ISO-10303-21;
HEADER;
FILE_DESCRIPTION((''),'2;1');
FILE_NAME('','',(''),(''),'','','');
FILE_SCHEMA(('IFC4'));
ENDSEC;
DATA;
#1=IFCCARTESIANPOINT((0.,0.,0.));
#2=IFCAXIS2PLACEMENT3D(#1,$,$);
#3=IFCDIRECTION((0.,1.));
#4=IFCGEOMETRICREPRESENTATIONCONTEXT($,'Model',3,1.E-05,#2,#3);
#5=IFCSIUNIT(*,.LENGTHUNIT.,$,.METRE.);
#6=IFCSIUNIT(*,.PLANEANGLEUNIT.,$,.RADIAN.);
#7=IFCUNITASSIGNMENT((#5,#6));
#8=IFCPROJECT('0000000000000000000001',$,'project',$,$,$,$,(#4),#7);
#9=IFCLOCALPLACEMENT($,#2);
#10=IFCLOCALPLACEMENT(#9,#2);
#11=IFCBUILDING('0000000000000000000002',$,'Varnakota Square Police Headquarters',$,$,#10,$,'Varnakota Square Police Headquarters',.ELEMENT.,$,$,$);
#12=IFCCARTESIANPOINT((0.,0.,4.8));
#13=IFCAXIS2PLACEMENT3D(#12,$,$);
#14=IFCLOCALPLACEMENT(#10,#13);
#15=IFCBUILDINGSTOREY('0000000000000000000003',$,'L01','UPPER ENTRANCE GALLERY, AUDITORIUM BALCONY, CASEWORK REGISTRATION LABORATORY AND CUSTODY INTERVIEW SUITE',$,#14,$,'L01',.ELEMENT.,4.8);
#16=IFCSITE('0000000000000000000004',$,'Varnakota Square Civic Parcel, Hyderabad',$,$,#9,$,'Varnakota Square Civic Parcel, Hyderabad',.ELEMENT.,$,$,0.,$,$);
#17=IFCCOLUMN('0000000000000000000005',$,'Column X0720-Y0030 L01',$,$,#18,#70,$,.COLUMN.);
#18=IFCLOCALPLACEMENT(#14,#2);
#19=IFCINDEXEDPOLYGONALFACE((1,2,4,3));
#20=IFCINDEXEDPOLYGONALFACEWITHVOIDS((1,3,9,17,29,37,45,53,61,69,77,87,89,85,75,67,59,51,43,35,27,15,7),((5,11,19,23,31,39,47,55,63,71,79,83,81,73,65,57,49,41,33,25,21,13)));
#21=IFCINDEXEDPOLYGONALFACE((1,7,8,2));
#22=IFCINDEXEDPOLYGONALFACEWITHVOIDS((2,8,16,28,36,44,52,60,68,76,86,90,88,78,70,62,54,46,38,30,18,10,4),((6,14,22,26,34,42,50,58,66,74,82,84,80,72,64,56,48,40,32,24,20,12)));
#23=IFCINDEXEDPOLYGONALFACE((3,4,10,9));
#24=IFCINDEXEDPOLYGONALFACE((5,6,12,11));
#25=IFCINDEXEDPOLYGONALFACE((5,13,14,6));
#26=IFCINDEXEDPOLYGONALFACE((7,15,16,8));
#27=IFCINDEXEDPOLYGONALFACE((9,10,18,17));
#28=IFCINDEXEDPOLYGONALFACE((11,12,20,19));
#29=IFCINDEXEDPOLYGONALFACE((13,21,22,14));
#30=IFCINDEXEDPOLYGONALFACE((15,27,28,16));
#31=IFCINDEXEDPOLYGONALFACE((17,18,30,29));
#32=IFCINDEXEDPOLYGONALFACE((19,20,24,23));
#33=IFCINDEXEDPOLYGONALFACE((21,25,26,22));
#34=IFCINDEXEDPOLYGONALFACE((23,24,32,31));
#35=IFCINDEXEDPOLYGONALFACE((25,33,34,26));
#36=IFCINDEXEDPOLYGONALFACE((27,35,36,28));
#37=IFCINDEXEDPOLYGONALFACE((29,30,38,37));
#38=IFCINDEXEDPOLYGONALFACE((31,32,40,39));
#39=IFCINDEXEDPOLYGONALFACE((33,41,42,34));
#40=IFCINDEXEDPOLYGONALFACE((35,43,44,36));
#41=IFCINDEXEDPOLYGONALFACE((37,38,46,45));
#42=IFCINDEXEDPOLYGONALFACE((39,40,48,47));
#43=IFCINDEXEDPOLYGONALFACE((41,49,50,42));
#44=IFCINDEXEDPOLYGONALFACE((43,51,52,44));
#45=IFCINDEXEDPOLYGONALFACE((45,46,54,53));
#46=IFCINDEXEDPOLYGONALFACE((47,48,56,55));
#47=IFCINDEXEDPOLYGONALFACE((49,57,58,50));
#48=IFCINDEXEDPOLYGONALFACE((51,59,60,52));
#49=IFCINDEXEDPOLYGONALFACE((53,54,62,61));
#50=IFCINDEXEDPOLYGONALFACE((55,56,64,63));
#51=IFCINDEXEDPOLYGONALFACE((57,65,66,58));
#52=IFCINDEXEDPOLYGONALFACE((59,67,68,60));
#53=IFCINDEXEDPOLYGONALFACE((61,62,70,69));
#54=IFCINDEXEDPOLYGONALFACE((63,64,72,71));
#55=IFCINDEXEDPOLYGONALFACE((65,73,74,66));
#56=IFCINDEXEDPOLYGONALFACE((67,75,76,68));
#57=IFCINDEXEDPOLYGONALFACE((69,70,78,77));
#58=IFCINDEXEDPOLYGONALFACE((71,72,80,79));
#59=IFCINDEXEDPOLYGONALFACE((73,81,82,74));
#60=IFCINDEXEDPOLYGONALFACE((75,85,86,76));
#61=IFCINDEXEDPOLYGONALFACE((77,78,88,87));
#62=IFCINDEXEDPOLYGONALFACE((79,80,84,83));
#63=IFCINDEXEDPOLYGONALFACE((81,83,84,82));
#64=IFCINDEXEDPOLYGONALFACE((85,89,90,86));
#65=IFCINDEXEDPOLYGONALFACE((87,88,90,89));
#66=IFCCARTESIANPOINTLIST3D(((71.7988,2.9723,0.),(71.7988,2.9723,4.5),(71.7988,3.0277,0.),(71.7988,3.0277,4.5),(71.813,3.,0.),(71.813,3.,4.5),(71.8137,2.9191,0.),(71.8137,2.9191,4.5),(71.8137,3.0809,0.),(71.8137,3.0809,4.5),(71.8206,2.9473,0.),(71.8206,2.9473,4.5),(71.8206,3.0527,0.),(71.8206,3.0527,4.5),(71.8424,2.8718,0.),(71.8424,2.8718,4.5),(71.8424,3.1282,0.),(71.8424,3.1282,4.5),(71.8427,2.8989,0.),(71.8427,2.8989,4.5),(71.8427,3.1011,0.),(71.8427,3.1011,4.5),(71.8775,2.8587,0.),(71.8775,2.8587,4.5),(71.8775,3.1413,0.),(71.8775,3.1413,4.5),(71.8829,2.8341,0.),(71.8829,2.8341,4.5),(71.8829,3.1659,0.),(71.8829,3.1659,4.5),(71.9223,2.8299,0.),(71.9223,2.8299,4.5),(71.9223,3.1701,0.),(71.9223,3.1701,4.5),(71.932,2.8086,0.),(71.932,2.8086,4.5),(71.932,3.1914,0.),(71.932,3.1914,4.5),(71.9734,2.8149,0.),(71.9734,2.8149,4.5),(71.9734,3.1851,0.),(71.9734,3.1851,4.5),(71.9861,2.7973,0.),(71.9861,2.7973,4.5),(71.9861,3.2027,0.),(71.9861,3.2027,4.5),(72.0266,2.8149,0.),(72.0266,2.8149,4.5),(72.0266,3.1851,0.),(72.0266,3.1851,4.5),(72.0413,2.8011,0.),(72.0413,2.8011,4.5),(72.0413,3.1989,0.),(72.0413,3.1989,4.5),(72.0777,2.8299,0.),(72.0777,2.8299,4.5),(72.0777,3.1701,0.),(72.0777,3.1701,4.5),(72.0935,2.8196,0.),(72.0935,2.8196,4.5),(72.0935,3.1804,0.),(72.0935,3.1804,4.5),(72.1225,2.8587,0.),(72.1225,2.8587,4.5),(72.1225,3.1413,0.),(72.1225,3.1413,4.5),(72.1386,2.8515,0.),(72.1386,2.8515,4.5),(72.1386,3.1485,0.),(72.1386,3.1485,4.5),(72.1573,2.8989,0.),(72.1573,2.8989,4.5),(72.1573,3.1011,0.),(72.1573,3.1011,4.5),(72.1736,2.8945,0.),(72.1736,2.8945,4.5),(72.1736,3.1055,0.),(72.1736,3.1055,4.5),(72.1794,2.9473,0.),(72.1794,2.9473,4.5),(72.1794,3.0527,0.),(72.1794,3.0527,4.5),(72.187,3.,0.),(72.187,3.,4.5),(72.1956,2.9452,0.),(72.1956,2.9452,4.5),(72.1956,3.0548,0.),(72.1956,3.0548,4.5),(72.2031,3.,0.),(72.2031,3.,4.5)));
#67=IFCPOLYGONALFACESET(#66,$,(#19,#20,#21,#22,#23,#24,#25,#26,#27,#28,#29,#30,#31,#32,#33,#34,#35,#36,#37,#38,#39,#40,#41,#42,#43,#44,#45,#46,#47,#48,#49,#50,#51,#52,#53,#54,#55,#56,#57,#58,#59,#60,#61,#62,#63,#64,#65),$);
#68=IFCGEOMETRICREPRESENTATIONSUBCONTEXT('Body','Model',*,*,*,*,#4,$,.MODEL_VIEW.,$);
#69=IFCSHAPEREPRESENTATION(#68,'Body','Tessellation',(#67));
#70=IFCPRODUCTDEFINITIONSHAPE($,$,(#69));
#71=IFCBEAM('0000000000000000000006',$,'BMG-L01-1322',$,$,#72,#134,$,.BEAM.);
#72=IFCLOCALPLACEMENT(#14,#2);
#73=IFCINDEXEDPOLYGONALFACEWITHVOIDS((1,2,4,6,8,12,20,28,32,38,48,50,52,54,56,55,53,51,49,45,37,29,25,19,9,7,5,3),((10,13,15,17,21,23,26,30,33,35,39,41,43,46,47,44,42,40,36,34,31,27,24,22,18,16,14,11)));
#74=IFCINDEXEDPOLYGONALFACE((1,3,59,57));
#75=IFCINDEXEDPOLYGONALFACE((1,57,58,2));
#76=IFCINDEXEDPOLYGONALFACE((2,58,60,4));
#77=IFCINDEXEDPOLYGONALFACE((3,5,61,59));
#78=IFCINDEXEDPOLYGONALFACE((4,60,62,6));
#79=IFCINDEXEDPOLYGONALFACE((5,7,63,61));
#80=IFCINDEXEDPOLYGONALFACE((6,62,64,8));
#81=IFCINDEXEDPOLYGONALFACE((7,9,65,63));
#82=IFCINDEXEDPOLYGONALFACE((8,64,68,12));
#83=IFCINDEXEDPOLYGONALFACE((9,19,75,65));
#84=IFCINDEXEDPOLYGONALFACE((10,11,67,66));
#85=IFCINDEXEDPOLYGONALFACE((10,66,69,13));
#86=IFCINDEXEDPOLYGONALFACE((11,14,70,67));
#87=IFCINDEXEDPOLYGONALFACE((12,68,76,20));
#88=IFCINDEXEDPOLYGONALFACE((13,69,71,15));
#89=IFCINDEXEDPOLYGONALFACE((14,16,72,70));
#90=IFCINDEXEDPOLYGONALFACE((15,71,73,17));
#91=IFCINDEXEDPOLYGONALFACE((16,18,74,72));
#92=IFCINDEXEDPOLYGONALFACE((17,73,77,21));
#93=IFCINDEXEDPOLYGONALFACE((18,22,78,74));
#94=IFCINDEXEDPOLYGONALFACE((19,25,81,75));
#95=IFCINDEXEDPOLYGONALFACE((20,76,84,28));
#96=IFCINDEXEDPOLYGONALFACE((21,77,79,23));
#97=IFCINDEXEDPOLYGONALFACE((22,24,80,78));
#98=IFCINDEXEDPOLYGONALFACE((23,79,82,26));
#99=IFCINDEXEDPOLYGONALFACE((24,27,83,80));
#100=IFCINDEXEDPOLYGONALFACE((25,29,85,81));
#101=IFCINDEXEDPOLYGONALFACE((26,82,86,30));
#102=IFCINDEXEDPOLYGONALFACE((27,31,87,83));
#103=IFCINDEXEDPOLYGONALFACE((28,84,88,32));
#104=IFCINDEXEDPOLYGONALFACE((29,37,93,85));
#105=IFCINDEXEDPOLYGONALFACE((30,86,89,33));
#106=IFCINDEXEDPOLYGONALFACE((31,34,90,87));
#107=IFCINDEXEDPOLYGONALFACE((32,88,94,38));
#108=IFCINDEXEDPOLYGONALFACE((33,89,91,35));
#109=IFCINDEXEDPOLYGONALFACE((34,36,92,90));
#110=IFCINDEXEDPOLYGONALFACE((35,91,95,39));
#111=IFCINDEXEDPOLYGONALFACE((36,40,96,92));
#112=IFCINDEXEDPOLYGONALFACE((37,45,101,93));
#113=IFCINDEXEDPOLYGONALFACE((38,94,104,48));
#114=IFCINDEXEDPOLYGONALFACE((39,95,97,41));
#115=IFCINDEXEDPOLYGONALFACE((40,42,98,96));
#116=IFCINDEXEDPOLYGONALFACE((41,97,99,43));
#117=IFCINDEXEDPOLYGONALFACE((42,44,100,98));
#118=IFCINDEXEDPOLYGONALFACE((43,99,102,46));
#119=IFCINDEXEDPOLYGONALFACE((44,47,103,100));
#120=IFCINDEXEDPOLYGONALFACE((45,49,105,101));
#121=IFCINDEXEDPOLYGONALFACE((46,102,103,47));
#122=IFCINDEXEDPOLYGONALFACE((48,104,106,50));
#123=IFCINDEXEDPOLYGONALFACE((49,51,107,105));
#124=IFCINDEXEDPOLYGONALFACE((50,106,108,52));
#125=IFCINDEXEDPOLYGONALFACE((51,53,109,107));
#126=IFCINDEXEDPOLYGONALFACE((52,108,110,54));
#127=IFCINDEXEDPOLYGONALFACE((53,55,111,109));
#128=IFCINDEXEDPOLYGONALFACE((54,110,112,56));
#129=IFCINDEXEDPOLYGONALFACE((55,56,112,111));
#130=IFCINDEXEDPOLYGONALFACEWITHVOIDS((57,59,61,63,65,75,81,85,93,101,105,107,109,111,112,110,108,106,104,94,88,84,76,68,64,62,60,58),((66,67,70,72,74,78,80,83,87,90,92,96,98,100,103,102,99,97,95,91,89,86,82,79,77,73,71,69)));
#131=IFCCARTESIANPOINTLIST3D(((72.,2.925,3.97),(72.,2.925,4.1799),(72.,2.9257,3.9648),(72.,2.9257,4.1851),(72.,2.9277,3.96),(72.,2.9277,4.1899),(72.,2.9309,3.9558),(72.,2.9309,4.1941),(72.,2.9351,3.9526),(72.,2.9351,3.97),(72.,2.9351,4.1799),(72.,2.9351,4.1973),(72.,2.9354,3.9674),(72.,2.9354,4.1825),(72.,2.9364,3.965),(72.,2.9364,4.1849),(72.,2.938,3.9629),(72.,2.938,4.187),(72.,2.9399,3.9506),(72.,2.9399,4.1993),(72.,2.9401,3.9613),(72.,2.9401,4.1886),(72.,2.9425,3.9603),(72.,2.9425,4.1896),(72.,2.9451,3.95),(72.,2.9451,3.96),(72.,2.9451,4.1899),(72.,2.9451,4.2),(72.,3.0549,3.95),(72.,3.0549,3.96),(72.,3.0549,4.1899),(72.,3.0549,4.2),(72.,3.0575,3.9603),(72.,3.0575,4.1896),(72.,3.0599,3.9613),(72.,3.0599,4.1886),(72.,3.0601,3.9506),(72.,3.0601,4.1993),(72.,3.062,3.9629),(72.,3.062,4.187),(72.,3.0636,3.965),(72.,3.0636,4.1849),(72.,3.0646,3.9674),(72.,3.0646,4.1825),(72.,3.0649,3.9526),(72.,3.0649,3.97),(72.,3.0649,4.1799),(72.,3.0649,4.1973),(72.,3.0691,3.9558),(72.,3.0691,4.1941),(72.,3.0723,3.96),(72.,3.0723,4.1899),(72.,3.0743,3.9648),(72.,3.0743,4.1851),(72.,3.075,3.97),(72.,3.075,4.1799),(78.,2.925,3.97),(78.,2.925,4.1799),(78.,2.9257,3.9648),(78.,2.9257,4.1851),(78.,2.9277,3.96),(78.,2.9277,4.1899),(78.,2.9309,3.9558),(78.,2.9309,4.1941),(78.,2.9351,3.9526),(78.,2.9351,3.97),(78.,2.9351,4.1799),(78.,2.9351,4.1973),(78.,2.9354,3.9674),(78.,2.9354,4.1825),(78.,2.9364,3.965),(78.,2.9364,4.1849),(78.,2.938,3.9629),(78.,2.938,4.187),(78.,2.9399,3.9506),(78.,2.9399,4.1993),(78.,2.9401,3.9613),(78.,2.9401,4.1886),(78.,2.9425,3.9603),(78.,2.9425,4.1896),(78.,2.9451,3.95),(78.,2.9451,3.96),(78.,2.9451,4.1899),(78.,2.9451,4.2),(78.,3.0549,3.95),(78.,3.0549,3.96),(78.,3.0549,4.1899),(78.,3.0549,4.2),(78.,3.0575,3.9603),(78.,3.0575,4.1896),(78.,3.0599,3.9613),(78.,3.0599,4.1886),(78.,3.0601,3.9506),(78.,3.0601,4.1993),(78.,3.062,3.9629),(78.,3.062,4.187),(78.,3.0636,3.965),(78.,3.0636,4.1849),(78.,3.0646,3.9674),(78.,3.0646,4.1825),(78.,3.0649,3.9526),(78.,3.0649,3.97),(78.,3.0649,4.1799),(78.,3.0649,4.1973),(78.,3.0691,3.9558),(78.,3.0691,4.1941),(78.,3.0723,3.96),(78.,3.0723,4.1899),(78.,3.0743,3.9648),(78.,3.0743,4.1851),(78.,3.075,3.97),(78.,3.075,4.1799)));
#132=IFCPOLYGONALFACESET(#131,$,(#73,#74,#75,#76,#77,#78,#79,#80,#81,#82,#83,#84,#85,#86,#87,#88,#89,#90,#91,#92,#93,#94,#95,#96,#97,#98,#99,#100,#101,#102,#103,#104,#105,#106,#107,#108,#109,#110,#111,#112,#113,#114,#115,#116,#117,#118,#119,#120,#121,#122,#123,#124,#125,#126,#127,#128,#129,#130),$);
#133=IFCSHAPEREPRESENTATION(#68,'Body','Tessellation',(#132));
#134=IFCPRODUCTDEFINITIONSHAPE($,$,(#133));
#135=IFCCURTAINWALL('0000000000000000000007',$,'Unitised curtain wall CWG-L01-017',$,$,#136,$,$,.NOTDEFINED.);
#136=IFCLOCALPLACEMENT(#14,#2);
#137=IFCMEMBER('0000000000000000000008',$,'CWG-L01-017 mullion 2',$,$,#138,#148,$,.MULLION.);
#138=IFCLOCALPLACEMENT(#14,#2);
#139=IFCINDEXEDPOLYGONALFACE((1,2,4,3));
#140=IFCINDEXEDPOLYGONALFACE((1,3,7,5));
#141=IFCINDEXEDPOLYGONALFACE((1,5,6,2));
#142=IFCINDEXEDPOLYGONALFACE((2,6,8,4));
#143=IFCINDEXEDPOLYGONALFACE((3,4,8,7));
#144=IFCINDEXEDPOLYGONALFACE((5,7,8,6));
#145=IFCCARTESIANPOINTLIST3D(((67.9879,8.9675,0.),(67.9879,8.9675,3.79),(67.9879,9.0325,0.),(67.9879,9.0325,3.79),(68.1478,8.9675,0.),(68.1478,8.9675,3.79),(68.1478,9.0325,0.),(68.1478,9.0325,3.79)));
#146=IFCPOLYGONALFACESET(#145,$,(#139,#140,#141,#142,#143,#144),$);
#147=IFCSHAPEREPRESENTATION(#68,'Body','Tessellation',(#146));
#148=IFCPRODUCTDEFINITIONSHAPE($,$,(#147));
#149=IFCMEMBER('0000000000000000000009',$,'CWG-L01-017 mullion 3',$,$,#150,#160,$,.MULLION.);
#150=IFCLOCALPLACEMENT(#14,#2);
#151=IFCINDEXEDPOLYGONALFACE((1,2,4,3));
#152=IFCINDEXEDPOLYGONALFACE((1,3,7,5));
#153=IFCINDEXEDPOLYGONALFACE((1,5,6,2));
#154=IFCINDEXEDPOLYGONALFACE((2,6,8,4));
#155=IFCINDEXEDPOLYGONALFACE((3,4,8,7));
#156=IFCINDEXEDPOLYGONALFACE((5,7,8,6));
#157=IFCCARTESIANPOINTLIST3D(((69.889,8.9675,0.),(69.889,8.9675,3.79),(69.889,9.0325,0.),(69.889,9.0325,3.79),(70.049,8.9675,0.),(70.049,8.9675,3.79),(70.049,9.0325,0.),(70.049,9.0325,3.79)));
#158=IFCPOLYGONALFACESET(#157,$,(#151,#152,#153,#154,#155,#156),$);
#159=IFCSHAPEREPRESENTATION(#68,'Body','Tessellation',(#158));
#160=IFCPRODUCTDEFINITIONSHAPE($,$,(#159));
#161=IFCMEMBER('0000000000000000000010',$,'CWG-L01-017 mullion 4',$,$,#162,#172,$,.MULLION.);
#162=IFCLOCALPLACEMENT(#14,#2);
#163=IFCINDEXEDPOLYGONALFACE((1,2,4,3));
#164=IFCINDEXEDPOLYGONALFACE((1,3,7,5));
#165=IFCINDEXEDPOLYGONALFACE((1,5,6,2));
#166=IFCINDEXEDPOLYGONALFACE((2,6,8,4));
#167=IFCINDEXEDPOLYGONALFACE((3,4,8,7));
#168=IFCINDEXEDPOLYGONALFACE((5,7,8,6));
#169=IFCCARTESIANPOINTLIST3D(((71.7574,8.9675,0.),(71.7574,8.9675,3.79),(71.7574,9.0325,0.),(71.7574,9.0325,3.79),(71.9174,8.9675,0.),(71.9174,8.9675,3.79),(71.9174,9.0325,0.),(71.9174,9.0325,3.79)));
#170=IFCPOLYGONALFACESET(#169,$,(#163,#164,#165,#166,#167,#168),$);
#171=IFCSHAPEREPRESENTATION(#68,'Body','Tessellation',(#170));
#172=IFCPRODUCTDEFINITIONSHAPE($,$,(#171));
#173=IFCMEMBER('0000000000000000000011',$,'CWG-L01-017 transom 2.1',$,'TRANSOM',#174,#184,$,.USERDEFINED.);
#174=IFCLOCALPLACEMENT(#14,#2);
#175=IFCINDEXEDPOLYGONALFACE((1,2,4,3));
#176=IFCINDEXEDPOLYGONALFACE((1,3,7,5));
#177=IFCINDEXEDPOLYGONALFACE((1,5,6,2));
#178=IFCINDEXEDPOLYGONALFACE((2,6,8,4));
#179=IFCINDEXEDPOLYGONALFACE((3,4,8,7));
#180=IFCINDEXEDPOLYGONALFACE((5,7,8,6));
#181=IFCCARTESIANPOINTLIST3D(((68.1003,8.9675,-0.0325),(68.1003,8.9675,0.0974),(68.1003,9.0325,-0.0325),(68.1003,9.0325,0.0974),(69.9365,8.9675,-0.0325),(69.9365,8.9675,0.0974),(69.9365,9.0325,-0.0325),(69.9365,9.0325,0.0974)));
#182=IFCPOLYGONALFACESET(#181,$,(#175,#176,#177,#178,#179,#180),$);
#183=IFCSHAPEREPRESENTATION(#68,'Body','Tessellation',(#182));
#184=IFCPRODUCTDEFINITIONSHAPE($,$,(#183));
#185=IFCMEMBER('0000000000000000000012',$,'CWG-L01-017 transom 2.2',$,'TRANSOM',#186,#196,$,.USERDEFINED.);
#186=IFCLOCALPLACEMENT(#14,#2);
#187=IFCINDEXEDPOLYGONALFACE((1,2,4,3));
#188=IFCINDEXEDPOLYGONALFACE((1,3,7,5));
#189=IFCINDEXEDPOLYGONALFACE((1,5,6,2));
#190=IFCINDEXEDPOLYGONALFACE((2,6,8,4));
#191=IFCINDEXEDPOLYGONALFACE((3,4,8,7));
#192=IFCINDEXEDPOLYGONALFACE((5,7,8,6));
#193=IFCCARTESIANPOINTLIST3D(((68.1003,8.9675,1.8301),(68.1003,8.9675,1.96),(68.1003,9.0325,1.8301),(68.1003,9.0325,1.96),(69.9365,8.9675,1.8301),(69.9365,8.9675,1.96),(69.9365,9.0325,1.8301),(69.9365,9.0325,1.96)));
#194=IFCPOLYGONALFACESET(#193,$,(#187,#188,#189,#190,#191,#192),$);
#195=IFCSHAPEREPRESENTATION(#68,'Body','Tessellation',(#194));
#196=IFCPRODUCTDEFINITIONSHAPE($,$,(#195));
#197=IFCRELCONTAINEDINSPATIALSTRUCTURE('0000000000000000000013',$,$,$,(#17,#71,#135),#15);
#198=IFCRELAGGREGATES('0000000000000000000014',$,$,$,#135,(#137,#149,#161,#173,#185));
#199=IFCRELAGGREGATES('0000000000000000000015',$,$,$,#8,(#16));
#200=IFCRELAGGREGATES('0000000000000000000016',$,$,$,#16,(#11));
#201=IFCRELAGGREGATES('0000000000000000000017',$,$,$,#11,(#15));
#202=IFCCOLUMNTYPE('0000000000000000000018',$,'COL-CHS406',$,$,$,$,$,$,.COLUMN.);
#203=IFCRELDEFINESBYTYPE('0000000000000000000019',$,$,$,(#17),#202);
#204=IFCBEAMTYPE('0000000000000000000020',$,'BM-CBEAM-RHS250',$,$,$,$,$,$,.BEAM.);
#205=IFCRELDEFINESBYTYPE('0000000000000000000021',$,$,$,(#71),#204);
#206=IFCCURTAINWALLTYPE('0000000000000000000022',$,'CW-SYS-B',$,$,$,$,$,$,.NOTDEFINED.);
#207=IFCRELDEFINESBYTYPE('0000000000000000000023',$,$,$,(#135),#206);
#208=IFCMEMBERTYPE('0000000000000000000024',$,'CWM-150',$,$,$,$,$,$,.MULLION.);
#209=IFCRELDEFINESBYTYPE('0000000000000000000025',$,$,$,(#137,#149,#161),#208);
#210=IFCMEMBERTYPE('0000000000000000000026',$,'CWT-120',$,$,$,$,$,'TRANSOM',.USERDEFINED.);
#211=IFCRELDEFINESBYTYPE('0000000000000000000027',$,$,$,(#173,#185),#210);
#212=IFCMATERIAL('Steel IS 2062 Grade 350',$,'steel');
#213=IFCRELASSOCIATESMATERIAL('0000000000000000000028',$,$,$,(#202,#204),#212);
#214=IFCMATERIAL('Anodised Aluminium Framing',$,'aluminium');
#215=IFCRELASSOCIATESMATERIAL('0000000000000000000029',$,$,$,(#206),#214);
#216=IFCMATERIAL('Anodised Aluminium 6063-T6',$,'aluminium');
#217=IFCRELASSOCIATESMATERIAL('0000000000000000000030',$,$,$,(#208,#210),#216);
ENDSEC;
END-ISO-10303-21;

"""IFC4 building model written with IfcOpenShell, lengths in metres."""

from ifc_helpers import new_model, si_unit, direction, frame, origin, origin_2d, place, context, subcontext, project, spatial, rectangle, hollow_rectangle, hollow_circle, extrude, material, material_profile, profile_set, type_object, element, aggregate, save


model = new_model("IFC4")

# Units and contexts
model_context = context("Model", 3, precision=1e-05, world=origin(), true_north=direction((0.0, 1.0)))
body_context = subcontext(model_context, "Body", "Model", "MODEL_VIEW")
ifc_project = project(units=[si_unit("LENGTHUNIT", "METRE"), si_unit("PLANEANGLEUNIT", "RADIAN")], contexts=[model_context])

# Site, building, storey
site_placement = place(None, origin())
site = spatial("IfcSite", under=ifc_project, at=site_placement, Name="Varnakota Square Civic Parcel, Hyderabad", LongName="Varnakota Square Civic Parcel, Hyderabad", CompositionType="ELEMENT", RefElevation=0.0)
building_placement = place(site_placement, origin())
building = spatial("IfcBuilding", under=site, at=building_placement, Name="Varnakota Square Police Headquarters", LongName="Varnakota Square Police Headquarters", CompositionType="ELEMENT")
storey_placement = place(building_placement, frame((0.0, 0.0, 4.8)))
storey = spatial("IfcBuildingStorey", under=building, at=storey_placement, Name="L01", Description="UPPER ENTRANCE GALLERY, AUDITORIUM BALCONY, CASEWORK REGISTRATION LABORATORY AND CUSTODY INTERVIEW SUITE", LongName="L01", CompositionType="ELEMENT", Elevation=4.8)

# Column
ifc_material_1 = material(Name="Steel IS 2062 Grade 350", Category="steel")
ifc_material_profile_1 = material_profile(ifc_material_1, hollow_circle(Radius=0.2031, WallThickness=0.0161, at=origin_2d()), Name="CHS 406.4x16.0")
ifc_profile_set_1 = profile_set([ifc_material_profile_1], Name="Steel IS 2062 Grade 350")
column_type = type_object("IfcColumnType", Name="COL-CHS406", PredefinedType="COLUMN", material=ifc_profile_set_1)
column_placement = place(storey_placement, frame((72.0, 3.0, 0.0), z_axis=(0.0, 0.0, 1.0), x_axis=(1.0, 0.0, 0.0)))
element("IfcColumn", 1, at=column_placement, inside=storey, type_object=column_type, Name="Column X0720-Y0030 L01", PredefinedType="COLUMN", context=body_context, shape_type="SweptSolid", body=[
    extrude(hollow_circle(Radius=0.2031, WallThickness=0.0161, at=origin_2d()), origin(), (0.0, 0.0, 1.0), 4.5),
])

# Beam
ifc_material_profile_2 = material_profile(ifc_material_1, hollow_rectangle(XDim=0.1499, YDim=0.25, WallThickness=0.01, InnerFilletRadius=0.01, OuterFilletRadius=0.02, at=origin_2d()), Name="RHS 250x150x10")
ifc_profile_set_2 = profile_set([ifc_material_profile_2], Name="Steel IS 2062 Grade 350")
beam_type = type_object("IfcBeamType", Name="BM-CBEAM-RHS250", PredefinedType="BEAM", material=ifc_profile_set_2)
beam_placement = place(storey_placement, frame((72.0, 3.0, 4.075), z_axis=(1.0, 0.0, 0.0), x_axis=(0.0, 1.0, 0.0)))
element("IfcBeam", 2, at=beam_placement, inside=storey, type_object=beam_type, Name="BMG-L01-1322", PredefinedType="BEAM", context=body_context, shape_type="SweptSolid", body=[
    extrude(hollow_rectangle(XDim=0.1499, YDim=0.25, WallThickness=0.01, InnerFilletRadius=0.01, OuterFilletRadius=0.02, at=origin_2d()), origin(), (0.0, 0.0, 1.0), 6.0),
])

# Curtain wall, members
ifc_material_2 = material(Name="Anodised Aluminium Framing", Category="aluminium")
curtain_wall_type = type_object("IfcCurtainWallType", Name="CW-SYS-B", PredefinedType="NOTDEFINED", material=ifc_material_2)
curtain_wall_placement = place(storey_placement, origin())
curtain_wall = element("IfcCurtainWall", 3, at=curtain_wall_placement, inside=storey, type_object=curtain_wall_type, Name="Unitised curtain wall CWG-L01-017", PredefinedType="NOTDEFINED")
ifc_material_3 = material(Name="Anodised Aluminium 6063-T6", Category="aluminium")
ifc_material_profile_3 = material_profile(ifc_material_3, rectangle(XDim=0.0649, YDim=0.1599, at=origin_2d()), Name="ALU MULLION 65x160")
ifc_profile_set_3 = profile_set([ifc_material_profile_3], Name="Anodised Aluminium 6063-T6")
member_type_1 = type_object("IfcMemberType", Name="CWM-150", PredefinedType="MULLION", material=ifc_profile_set_3)
member_1_placement = place(storey_placement, frame((68.0679, 9.0, 0.0), z_axis=(0.0, 0.0, 1.0), x_axis=(0.0, 1.0, 0.0)))
member_1 = element("IfcMember", 4, at=member_1_placement, type_object=member_type_1, Name="CWG-L01-017 mullion 2", PredefinedType="MULLION", context=body_context, shape_type="SweptSolid", body=[
    extrude(rectangle(XDim=0.0649, YDim=0.1599, at=origin_2d()), origin(), (0.0, 0.0, 1.0), 3.79),
])
member_2_placement = place(storey_placement, frame((69.969, 9.0, 0.0), z_axis=(0.0, 0.0, 1.0), x_axis=(0.0, 1.0, 0.0)))
member_2 = element("IfcMember", 5, at=member_2_placement, type_object=member_type_1, Name="CWG-L01-017 mullion 3", PredefinedType="MULLION", context=body_context, shape_type="SweptSolid", body=[
    extrude(rectangle(XDim=0.0649, YDim=0.1599, at=origin_2d()), origin(), (0.0, 0.0, 1.0), 3.79),
])
member_3_placement = place(storey_placement, frame((71.8374, 9.0, 0.0), z_axis=(0.0, 0.0, 1.0), x_axis=(0.0, 1.0, 0.0)))
member_3 = element("IfcMember", 6, at=member_3_placement, type_object=member_type_1, Name="CWG-L01-017 mullion 4", PredefinedType="MULLION", context=body_context, shape_type="SweptSolid", body=[
    extrude(rectangle(XDim=0.0649, YDim=0.1599, at=origin_2d()), origin(), (0.0, 0.0, 1.0), 3.79),
])
ifc_material_profile_4 = material_profile(ifc_material_3, rectangle(XDim=0.0649, YDim=0.1299, at=origin_2d()), Name="ALU TRANSOM 65x130")
ifc_profile_set_4 = profile_set([ifc_material_profile_4], Name="Anodised Aluminium 6063-T6")
member_type_2 = type_object("IfcMemberType", Name="CWT-120", ElementType="TRANSOM", PredefinedType="USERDEFINED", material=ifc_profile_set_4)
member_4_placement = place(storey_placement, frame((68.1003, 9.0, 0.0325), z_axis=(1.0, 0.0, 0.0), x_axis=(0.0, 1.0, 0.0)))
member_4 = element("IfcMember", 7, at=member_4_placement, type_object=member_type_2, Name="CWG-L01-017 transom 2.1", ObjectType="TRANSOM", PredefinedType="USERDEFINED", context=body_context, shape_type="SweptSolid", body=[
    extrude(rectangle(XDim=0.0649, YDim=0.1299, at=origin_2d()), origin(), (0.0, 0.0, 1.0), 1.8362),
])
member_5_placement = place(storey_placement, frame((68.1003, 9.0, 1.895), z_axis=(1.0, 0.0, 0.0), x_axis=(0.0, 1.0, 0.0)))
member_5 = element("IfcMember", 8, at=member_5_placement, type_object=member_type_2, Name="CWG-L01-017 transom 2.2", ObjectType="TRANSOM", PredefinedType="USERDEFINED", context=body_context, shape_type="SweptSolid", body=[
    extrude(rectangle(XDim=0.0649, YDim=0.1299, at=origin_2d()), origin(), (0.0, 0.0, 1.0), 1.8362),
])
aggregate(curtain_wall, [member_1, member_2, member_3, member_4, member_5])

save(model, "model.ifc")
